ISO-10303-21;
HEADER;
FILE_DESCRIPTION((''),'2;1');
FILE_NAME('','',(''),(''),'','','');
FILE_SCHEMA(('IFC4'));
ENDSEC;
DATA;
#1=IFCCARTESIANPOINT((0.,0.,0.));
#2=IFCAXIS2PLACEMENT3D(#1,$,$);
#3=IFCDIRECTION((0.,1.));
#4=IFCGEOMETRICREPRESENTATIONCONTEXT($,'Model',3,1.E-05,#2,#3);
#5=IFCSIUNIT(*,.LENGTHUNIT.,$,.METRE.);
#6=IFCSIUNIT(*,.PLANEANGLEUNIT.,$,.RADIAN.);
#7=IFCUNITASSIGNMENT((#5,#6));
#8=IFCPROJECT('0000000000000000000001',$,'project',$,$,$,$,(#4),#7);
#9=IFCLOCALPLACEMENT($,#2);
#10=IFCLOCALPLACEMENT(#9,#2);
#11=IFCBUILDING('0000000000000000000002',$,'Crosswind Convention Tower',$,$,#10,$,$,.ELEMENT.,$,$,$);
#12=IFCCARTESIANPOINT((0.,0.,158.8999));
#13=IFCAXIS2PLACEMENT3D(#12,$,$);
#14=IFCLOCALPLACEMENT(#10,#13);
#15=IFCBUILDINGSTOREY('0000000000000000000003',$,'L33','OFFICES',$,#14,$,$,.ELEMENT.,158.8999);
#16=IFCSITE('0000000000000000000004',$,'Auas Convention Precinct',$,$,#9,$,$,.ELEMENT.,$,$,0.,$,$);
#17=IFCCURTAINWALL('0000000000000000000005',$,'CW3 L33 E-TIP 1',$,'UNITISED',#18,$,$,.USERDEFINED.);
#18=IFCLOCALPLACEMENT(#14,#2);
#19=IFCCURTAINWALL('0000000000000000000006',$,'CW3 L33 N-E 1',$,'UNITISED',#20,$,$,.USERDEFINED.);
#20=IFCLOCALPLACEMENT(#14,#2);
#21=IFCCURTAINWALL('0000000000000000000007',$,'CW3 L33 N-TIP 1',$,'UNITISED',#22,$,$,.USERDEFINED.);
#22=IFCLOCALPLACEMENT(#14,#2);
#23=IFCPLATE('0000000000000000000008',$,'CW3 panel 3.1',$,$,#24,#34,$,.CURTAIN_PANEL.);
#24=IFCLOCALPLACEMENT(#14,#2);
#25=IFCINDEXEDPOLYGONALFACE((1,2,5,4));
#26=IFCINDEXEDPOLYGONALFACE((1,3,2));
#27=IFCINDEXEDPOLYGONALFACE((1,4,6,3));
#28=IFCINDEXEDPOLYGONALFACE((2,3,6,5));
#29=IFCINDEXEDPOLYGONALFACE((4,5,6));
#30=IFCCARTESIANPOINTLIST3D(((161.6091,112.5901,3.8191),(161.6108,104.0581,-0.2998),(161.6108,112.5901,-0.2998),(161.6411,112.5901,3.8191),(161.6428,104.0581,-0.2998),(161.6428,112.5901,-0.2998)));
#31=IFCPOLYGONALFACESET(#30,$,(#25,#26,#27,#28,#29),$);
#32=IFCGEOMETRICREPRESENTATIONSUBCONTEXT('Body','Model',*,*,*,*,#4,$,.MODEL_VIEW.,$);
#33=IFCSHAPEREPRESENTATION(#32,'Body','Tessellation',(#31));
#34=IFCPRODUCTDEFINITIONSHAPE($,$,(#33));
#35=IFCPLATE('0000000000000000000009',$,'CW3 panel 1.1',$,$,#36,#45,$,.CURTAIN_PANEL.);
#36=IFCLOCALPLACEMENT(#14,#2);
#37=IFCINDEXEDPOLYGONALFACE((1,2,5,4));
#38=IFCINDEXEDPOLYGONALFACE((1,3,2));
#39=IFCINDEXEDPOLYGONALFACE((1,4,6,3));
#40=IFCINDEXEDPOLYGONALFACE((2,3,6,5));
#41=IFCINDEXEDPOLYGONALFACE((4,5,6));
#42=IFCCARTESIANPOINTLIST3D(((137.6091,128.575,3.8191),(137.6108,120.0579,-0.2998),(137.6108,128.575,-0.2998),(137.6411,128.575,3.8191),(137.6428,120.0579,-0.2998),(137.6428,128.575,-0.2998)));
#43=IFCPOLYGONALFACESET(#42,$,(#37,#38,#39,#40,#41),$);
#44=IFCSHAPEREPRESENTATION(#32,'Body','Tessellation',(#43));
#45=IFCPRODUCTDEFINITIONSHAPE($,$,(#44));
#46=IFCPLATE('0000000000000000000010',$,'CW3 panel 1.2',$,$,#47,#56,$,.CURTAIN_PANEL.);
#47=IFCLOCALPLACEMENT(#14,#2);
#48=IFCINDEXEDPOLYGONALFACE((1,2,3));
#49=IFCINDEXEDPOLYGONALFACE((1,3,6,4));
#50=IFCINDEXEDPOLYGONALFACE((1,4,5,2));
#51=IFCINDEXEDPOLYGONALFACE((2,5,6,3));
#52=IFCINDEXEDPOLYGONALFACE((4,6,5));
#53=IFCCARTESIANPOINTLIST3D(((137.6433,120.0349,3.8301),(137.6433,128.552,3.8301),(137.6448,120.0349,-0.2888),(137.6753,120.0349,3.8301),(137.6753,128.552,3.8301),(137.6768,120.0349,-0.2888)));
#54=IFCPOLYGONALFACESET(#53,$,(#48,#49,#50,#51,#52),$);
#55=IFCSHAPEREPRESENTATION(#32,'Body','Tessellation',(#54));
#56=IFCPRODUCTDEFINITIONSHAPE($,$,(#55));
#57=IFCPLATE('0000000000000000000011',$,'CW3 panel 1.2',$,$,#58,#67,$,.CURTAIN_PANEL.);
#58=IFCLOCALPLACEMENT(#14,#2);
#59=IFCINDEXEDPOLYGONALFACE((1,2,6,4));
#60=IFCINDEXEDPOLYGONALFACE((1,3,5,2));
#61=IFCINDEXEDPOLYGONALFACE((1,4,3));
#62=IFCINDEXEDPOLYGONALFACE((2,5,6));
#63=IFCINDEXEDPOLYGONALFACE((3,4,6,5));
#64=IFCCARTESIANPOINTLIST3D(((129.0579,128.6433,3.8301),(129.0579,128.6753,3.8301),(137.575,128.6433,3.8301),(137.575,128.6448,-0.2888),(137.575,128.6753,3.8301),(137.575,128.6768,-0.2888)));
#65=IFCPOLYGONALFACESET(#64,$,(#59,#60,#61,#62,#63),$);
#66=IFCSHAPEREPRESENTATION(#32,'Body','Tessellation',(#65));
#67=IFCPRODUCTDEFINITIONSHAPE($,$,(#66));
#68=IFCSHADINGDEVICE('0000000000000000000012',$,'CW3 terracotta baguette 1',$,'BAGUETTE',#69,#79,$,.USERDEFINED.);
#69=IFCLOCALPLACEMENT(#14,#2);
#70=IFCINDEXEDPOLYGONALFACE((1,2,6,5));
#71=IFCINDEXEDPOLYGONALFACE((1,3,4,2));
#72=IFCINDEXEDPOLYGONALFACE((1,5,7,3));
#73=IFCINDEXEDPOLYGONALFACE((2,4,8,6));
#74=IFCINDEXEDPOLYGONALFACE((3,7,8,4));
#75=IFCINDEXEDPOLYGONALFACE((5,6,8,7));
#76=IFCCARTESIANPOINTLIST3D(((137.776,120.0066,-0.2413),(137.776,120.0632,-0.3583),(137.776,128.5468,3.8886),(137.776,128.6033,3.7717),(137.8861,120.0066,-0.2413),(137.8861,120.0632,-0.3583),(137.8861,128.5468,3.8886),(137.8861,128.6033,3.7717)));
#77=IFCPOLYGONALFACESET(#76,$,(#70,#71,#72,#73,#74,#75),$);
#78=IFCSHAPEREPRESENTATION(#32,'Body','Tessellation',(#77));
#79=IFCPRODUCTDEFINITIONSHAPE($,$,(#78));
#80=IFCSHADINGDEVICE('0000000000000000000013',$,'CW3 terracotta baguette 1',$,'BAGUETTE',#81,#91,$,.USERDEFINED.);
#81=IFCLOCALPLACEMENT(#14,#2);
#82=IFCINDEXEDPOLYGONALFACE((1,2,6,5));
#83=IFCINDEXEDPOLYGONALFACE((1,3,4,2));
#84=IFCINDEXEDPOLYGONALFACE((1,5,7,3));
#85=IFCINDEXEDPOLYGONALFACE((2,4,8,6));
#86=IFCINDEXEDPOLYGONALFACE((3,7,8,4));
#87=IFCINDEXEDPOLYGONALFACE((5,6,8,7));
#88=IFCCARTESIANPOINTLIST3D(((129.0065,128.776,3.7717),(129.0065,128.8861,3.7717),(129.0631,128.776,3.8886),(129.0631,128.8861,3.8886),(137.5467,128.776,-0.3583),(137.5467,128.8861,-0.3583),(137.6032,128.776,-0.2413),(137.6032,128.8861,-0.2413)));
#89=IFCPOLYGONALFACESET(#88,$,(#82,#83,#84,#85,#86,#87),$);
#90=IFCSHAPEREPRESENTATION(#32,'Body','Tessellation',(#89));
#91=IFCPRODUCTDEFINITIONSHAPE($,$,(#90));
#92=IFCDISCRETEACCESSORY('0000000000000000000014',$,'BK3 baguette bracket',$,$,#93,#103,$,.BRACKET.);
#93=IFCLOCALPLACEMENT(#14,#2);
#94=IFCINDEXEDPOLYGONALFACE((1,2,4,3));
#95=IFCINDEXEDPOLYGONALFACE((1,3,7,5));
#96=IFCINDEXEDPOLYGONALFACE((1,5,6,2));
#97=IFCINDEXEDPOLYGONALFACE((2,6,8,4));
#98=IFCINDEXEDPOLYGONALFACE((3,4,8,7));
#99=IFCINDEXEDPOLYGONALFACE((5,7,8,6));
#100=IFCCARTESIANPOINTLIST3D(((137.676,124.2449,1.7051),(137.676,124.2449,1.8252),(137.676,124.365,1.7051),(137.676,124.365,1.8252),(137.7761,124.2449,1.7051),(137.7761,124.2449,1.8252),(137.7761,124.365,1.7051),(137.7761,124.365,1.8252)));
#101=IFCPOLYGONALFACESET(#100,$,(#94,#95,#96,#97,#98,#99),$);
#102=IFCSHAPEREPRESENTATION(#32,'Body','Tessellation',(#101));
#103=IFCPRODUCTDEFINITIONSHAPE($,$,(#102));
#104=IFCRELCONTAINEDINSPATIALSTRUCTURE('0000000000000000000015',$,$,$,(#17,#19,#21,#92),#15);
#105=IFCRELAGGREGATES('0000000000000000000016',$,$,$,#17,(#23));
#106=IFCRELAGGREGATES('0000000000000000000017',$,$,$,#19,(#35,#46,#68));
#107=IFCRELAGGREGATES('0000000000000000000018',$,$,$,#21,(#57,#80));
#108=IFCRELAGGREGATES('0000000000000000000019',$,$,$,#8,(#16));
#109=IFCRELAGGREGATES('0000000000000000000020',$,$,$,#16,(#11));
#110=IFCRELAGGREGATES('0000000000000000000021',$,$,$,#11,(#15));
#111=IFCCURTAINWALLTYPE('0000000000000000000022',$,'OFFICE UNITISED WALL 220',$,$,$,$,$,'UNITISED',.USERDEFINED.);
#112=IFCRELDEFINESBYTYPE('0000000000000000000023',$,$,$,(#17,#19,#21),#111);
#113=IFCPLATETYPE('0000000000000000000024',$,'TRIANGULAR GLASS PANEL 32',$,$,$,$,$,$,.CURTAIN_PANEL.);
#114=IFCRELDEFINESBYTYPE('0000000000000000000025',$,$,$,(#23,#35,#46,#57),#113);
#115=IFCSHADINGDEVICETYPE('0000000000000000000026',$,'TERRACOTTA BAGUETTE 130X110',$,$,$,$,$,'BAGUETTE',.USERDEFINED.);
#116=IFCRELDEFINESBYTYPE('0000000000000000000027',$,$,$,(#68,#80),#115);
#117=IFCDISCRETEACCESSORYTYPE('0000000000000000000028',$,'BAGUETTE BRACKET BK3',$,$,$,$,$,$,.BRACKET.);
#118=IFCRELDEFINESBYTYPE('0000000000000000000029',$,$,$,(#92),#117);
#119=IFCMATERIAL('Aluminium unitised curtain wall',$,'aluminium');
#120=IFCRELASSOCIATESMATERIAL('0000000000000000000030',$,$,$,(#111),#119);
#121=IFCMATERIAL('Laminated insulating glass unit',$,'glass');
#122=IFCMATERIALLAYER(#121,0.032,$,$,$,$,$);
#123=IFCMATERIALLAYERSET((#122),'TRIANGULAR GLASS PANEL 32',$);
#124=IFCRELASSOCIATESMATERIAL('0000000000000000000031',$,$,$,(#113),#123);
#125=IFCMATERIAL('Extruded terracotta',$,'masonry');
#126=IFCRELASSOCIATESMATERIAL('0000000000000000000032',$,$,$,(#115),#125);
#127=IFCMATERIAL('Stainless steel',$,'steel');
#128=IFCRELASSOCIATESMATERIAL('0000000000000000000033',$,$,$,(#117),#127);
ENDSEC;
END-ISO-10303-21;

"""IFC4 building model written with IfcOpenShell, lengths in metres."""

from ifc_helpers import new_model, si_unit, direction, frame, origin, origin_2d, place, context, subcontext, project, spatial, polyline, rectangle, outline, extrude, material, layer, layer_set, material_profile, profile_set, type_object, element, aggregate, save


model = new_model("IFC4")

# Units and contexts
model_context = context("Model", 3, precision=1e-05, world=origin(), true_north=direction((0.0, 1.0)))
body_context = subcontext(model_context, "Body", "Model", "MODEL_VIEW")
ifc_project = project(units=[si_unit("LENGTHUNIT", "METRE"), si_unit("PLANEANGLEUNIT", "RADIAN")], contexts=[model_context])

# Site, building, storey
site_placement = place(None, origin())
site = spatial("IfcSite", under=ifc_project, at=site_placement, Name="Auas Convention Precinct", CompositionType="ELEMENT", RefElevation=0.0)
building_placement = place(site_placement, origin())
building = spatial("IfcBuilding", under=site, at=building_placement, Name="Crosswind Convention Tower", CompositionType="ELEMENT")
storey_placement = place(building_placement, frame((0.0, 0.0, 158.8999)))
storey = spatial("IfcBuildingStorey", under=building, at=storey_placement, Name="L33", Description="OFFICES", CompositionType="ELEMENT", Elevation=158.8999)

# Shared definitions
ifc_material_1 = material(Name="Aluminium unitised curtain wall", Category="aluminium")

# Curtain wall
curtain_wall_type_1 = type_object("IfcCurtainWallType", Name="OFFICE UNITISED WALL 220", ElementType="UNITISED", PredefinedType="USERDEFINED", material=ifc_material_1)
curtain_wall_1_placement = place(storey_placement, origin())
curtain_wall_1 = element("IfcCurtainWall", 1, at=curtain_wall_1_placement, inside=storey, type_object=curtain_wall_type_1, Name="CW3 L33 E-TIP 1", ObjectType="UNITISED", PredefinedType="USERDEFINED")

# Curtain wall
curtain_wall_2_placement = place(storey_placement, origin())
curtain_wall_2 = element("IfcCurtainWall", 2, at=curtain_wall_2_placement, inside=storey, type_object=curtain_wall_type_1, Name="CW3 L33 N-E 1", ObjectType="UNITISED", PredefinedType="USERDEFINED")

# Curtain wall
curtain_wall_3_placement = place(storey_placement, origin())
curtain_wall_3 = element("IfcCurtainWall", 3, at=curtain_wall_3_placement, inside=storey, type_object=curtain_wall_type_1, Name="CW3 L33 N-TIP 1", ObjectType="UNITISED", PredefinedType="USERDEFINED")

# Plates
ifc_material_2 = material(Name="Laminated insulating glass unit", Category="glass")
ifc_layer_1 = layer(ifc_material_2, 0.032)
ifc_layer_set_1 = layer_set([ifc_layer_1], Name="TRIANGULAR GLASS PANEL 32")
plate_type_1 = type_object("IfcPlateType", Name="TRIANGULAR GLASS PANEL 32", PredefinedType="CURTAIN_PANEL", material=ifc_layer_set_1)
plate_1_placement = place(storey_placement, frame((161.6428, 112.5901, -0.2998), z_axis=(1.0, 0.0, 0.000415), x_axis=(-0.000415, 0.0, 1.0)))
plate_1 = element("IfcPlate", 4, at=plate_1_placement, type_object=plate_type_1, Name="CW3 panel 3.1", PredefinedType="CURTAIN_PANEL", context=body_context, shape_type="SweptSolid", body=[
    extrude(outline(polyline([(0.0, 0.0), (4.1189, 0.0), (0.0, 8.532), (0.0, 0.0)])), origin(), (0.0, 0.0, -1.0), 0.032),
])
aggregate(curtain_wall_1, [plate_1])
plate_2_placement = place(storey_placement, frame((137.6428, 128.575, -0.2998), z_axis=(1.0, 0.0, 0.000415), x_axis=(-0.000415, 0.0, 1.0)))
plate_2 = element("IfcPlate", 5, at=plate_2_placement, type_object=plate_type_1, Name="CW3 panel 1.1", PredefinedType="CURTAIN_PANEL", context=body_context, shape_type="SweptSolid", body=[
    extrude(outline(polyline([(0.0, 0.0), (4.1189, 0.0), (0.0, 8.5171), (0.0, 0.0)])), origin(), (0.0, 0.0, -1.0), 0.032),
])
plate_3_placement = place(storey_placement, frame((137.6753, 120.0349, 3.8301), z_axis=(1.0, 0.0, 0.000356), x_axis=(0.000356, 0.0, -1.0)))
plate_3 = element("IfcPlate", 6, at=plate_3_placement, type_object=plate_type_1, Name="CW3 panel 1.2", PredefinedType="CURTAIN_PANEL", context=body_context, shape_type="SweptSolid", body=[
    extrude(outline(polyline([(0.0, 0.0), (4.1189, 0.0), (0.0, 8.5171), (0.0, 0.0)])), origin(), (0.0, 0.0, -1.0), 0.032),
])
plate_4_placement = place(storey_placement, frame((137.575, 128.6753, 3.8301), z_axis=(0.0, 1.0, 0.000356), x_axis=(0.0, 0.000356, -1.0)))
plate_4 = element("IfcPlate", 7, at=plate_4_placement, type_object=plate_type_1, Name="CW3 panel 1.2", PredefinedType="CURTAIN_PANEL", context=body_context, shape_type="SweptSolid", body=[
    extrude(outline(polyline([(0.0, 0.0), (4.1189, 0.0), (0.0, 8.5171), (0.0, 0.0)])), origin(), (0.0, 0.0, -1.0), 0.032),
])

# Shading devices
ifc_material_3 = material(Name="Extruded terracotta", Category="masonry")
ifc_material_profile_1 = material_profile(ifc_material_3, rectangle(XDim=0.1101, YDim=0.1299, at=origin_2d()), Name="TC 110X130")
ifc_profile_set_1 = profile_set([ifc_material_profile_1], Name="Extruded terracotta")
shading_device_type = type_object("IfcShadingDeviceType", Name="TERRACOTTA BAGUETTE 130X110", ElementType="BAGUETTE", PredefinedType="USERDEFINED", material=ifc_profile_set_1)
shading_device_1_placement = place(storey_placement, frame((137.8311, 120.0349, -0.2998), z_axis=(0.0, 0.900258, 0.435356), x_axis=(-1.0, 0.0, 0.0)))
shading_device_1 = element("IfcShadingDevice", 8, at=shading_device_1_placement, type_object=shading_device_type, Name="CW3 terracotta baguette 1", ObjectType="BAGUETTE", PredefinedType="USERDEFINED", context=body_context, shape_type="SweptSolid", body=[
    extrude(rectangle(XDim=0.1101, YDim=0.1299, at=origin_2d()), origin(), (0.0, 0.0, 1.0), 9.4863),
])
aggregate(curtain_wall_2, [plate_2, plate_3, shading_device_1])
shading_device_2_placement = place(storey_placement, frame((137.575, 128.8311, -0.2998), z_axis=(-0.900258, 0.0, 0.435356), x_axis=(0.0, -1.0, 0.0)))
shading_device_2 = element("IfcShadingDevice", 9, at=shading_device_2_placement, type_object=shading_device_type, Name="CW3 terracotta baguette 1", ObjectType="BAGUETTE", PredefinedType="USERDEFINED", context=body_context, shape_type="SweptSolid", body=[
    extrude(rectangle(XDim=0.1101, YDim=0.1299, at=origin_2d()), origin(), (0.0, 0.0, 1.0), 9.4863),
])
aggregate(curtain_wall_3, [plate_4, shading_device_2])

# Discrete accessory
ifc_material_4 = material(Name="Stainless steel", Category="steel")
discrete_accessory_type = type_object("IfcDiscreteAccessoryType", Name="BAGUETTE BRACKET BK3", PredefinedType="BRACKET", material=ifc_material_4)
discrete_accessory_placement = place(storey_placement, frame((137.7261, 124.3049, 1.7051), z_axis=(0.0, 0.0, 1.0), x_axis=(0.0, 1.0, 0.0)))
element("IfcDiscreteAccessory", 10, at=discrete_accessory_placement, inside=storey, type_object=discrete_accessory_type, Name="BK3 baguette bracket", PredefinedType="BRACKET", context=body_context, shape_type="SweptSolid", body=[
    extrude(rectangle(XDim=0.1201, YDim=0.1001, at=origin_2d()), origin(), (0.0, 0.0, 1.0), 0.1201),
])

save(model, "model.ifc")
